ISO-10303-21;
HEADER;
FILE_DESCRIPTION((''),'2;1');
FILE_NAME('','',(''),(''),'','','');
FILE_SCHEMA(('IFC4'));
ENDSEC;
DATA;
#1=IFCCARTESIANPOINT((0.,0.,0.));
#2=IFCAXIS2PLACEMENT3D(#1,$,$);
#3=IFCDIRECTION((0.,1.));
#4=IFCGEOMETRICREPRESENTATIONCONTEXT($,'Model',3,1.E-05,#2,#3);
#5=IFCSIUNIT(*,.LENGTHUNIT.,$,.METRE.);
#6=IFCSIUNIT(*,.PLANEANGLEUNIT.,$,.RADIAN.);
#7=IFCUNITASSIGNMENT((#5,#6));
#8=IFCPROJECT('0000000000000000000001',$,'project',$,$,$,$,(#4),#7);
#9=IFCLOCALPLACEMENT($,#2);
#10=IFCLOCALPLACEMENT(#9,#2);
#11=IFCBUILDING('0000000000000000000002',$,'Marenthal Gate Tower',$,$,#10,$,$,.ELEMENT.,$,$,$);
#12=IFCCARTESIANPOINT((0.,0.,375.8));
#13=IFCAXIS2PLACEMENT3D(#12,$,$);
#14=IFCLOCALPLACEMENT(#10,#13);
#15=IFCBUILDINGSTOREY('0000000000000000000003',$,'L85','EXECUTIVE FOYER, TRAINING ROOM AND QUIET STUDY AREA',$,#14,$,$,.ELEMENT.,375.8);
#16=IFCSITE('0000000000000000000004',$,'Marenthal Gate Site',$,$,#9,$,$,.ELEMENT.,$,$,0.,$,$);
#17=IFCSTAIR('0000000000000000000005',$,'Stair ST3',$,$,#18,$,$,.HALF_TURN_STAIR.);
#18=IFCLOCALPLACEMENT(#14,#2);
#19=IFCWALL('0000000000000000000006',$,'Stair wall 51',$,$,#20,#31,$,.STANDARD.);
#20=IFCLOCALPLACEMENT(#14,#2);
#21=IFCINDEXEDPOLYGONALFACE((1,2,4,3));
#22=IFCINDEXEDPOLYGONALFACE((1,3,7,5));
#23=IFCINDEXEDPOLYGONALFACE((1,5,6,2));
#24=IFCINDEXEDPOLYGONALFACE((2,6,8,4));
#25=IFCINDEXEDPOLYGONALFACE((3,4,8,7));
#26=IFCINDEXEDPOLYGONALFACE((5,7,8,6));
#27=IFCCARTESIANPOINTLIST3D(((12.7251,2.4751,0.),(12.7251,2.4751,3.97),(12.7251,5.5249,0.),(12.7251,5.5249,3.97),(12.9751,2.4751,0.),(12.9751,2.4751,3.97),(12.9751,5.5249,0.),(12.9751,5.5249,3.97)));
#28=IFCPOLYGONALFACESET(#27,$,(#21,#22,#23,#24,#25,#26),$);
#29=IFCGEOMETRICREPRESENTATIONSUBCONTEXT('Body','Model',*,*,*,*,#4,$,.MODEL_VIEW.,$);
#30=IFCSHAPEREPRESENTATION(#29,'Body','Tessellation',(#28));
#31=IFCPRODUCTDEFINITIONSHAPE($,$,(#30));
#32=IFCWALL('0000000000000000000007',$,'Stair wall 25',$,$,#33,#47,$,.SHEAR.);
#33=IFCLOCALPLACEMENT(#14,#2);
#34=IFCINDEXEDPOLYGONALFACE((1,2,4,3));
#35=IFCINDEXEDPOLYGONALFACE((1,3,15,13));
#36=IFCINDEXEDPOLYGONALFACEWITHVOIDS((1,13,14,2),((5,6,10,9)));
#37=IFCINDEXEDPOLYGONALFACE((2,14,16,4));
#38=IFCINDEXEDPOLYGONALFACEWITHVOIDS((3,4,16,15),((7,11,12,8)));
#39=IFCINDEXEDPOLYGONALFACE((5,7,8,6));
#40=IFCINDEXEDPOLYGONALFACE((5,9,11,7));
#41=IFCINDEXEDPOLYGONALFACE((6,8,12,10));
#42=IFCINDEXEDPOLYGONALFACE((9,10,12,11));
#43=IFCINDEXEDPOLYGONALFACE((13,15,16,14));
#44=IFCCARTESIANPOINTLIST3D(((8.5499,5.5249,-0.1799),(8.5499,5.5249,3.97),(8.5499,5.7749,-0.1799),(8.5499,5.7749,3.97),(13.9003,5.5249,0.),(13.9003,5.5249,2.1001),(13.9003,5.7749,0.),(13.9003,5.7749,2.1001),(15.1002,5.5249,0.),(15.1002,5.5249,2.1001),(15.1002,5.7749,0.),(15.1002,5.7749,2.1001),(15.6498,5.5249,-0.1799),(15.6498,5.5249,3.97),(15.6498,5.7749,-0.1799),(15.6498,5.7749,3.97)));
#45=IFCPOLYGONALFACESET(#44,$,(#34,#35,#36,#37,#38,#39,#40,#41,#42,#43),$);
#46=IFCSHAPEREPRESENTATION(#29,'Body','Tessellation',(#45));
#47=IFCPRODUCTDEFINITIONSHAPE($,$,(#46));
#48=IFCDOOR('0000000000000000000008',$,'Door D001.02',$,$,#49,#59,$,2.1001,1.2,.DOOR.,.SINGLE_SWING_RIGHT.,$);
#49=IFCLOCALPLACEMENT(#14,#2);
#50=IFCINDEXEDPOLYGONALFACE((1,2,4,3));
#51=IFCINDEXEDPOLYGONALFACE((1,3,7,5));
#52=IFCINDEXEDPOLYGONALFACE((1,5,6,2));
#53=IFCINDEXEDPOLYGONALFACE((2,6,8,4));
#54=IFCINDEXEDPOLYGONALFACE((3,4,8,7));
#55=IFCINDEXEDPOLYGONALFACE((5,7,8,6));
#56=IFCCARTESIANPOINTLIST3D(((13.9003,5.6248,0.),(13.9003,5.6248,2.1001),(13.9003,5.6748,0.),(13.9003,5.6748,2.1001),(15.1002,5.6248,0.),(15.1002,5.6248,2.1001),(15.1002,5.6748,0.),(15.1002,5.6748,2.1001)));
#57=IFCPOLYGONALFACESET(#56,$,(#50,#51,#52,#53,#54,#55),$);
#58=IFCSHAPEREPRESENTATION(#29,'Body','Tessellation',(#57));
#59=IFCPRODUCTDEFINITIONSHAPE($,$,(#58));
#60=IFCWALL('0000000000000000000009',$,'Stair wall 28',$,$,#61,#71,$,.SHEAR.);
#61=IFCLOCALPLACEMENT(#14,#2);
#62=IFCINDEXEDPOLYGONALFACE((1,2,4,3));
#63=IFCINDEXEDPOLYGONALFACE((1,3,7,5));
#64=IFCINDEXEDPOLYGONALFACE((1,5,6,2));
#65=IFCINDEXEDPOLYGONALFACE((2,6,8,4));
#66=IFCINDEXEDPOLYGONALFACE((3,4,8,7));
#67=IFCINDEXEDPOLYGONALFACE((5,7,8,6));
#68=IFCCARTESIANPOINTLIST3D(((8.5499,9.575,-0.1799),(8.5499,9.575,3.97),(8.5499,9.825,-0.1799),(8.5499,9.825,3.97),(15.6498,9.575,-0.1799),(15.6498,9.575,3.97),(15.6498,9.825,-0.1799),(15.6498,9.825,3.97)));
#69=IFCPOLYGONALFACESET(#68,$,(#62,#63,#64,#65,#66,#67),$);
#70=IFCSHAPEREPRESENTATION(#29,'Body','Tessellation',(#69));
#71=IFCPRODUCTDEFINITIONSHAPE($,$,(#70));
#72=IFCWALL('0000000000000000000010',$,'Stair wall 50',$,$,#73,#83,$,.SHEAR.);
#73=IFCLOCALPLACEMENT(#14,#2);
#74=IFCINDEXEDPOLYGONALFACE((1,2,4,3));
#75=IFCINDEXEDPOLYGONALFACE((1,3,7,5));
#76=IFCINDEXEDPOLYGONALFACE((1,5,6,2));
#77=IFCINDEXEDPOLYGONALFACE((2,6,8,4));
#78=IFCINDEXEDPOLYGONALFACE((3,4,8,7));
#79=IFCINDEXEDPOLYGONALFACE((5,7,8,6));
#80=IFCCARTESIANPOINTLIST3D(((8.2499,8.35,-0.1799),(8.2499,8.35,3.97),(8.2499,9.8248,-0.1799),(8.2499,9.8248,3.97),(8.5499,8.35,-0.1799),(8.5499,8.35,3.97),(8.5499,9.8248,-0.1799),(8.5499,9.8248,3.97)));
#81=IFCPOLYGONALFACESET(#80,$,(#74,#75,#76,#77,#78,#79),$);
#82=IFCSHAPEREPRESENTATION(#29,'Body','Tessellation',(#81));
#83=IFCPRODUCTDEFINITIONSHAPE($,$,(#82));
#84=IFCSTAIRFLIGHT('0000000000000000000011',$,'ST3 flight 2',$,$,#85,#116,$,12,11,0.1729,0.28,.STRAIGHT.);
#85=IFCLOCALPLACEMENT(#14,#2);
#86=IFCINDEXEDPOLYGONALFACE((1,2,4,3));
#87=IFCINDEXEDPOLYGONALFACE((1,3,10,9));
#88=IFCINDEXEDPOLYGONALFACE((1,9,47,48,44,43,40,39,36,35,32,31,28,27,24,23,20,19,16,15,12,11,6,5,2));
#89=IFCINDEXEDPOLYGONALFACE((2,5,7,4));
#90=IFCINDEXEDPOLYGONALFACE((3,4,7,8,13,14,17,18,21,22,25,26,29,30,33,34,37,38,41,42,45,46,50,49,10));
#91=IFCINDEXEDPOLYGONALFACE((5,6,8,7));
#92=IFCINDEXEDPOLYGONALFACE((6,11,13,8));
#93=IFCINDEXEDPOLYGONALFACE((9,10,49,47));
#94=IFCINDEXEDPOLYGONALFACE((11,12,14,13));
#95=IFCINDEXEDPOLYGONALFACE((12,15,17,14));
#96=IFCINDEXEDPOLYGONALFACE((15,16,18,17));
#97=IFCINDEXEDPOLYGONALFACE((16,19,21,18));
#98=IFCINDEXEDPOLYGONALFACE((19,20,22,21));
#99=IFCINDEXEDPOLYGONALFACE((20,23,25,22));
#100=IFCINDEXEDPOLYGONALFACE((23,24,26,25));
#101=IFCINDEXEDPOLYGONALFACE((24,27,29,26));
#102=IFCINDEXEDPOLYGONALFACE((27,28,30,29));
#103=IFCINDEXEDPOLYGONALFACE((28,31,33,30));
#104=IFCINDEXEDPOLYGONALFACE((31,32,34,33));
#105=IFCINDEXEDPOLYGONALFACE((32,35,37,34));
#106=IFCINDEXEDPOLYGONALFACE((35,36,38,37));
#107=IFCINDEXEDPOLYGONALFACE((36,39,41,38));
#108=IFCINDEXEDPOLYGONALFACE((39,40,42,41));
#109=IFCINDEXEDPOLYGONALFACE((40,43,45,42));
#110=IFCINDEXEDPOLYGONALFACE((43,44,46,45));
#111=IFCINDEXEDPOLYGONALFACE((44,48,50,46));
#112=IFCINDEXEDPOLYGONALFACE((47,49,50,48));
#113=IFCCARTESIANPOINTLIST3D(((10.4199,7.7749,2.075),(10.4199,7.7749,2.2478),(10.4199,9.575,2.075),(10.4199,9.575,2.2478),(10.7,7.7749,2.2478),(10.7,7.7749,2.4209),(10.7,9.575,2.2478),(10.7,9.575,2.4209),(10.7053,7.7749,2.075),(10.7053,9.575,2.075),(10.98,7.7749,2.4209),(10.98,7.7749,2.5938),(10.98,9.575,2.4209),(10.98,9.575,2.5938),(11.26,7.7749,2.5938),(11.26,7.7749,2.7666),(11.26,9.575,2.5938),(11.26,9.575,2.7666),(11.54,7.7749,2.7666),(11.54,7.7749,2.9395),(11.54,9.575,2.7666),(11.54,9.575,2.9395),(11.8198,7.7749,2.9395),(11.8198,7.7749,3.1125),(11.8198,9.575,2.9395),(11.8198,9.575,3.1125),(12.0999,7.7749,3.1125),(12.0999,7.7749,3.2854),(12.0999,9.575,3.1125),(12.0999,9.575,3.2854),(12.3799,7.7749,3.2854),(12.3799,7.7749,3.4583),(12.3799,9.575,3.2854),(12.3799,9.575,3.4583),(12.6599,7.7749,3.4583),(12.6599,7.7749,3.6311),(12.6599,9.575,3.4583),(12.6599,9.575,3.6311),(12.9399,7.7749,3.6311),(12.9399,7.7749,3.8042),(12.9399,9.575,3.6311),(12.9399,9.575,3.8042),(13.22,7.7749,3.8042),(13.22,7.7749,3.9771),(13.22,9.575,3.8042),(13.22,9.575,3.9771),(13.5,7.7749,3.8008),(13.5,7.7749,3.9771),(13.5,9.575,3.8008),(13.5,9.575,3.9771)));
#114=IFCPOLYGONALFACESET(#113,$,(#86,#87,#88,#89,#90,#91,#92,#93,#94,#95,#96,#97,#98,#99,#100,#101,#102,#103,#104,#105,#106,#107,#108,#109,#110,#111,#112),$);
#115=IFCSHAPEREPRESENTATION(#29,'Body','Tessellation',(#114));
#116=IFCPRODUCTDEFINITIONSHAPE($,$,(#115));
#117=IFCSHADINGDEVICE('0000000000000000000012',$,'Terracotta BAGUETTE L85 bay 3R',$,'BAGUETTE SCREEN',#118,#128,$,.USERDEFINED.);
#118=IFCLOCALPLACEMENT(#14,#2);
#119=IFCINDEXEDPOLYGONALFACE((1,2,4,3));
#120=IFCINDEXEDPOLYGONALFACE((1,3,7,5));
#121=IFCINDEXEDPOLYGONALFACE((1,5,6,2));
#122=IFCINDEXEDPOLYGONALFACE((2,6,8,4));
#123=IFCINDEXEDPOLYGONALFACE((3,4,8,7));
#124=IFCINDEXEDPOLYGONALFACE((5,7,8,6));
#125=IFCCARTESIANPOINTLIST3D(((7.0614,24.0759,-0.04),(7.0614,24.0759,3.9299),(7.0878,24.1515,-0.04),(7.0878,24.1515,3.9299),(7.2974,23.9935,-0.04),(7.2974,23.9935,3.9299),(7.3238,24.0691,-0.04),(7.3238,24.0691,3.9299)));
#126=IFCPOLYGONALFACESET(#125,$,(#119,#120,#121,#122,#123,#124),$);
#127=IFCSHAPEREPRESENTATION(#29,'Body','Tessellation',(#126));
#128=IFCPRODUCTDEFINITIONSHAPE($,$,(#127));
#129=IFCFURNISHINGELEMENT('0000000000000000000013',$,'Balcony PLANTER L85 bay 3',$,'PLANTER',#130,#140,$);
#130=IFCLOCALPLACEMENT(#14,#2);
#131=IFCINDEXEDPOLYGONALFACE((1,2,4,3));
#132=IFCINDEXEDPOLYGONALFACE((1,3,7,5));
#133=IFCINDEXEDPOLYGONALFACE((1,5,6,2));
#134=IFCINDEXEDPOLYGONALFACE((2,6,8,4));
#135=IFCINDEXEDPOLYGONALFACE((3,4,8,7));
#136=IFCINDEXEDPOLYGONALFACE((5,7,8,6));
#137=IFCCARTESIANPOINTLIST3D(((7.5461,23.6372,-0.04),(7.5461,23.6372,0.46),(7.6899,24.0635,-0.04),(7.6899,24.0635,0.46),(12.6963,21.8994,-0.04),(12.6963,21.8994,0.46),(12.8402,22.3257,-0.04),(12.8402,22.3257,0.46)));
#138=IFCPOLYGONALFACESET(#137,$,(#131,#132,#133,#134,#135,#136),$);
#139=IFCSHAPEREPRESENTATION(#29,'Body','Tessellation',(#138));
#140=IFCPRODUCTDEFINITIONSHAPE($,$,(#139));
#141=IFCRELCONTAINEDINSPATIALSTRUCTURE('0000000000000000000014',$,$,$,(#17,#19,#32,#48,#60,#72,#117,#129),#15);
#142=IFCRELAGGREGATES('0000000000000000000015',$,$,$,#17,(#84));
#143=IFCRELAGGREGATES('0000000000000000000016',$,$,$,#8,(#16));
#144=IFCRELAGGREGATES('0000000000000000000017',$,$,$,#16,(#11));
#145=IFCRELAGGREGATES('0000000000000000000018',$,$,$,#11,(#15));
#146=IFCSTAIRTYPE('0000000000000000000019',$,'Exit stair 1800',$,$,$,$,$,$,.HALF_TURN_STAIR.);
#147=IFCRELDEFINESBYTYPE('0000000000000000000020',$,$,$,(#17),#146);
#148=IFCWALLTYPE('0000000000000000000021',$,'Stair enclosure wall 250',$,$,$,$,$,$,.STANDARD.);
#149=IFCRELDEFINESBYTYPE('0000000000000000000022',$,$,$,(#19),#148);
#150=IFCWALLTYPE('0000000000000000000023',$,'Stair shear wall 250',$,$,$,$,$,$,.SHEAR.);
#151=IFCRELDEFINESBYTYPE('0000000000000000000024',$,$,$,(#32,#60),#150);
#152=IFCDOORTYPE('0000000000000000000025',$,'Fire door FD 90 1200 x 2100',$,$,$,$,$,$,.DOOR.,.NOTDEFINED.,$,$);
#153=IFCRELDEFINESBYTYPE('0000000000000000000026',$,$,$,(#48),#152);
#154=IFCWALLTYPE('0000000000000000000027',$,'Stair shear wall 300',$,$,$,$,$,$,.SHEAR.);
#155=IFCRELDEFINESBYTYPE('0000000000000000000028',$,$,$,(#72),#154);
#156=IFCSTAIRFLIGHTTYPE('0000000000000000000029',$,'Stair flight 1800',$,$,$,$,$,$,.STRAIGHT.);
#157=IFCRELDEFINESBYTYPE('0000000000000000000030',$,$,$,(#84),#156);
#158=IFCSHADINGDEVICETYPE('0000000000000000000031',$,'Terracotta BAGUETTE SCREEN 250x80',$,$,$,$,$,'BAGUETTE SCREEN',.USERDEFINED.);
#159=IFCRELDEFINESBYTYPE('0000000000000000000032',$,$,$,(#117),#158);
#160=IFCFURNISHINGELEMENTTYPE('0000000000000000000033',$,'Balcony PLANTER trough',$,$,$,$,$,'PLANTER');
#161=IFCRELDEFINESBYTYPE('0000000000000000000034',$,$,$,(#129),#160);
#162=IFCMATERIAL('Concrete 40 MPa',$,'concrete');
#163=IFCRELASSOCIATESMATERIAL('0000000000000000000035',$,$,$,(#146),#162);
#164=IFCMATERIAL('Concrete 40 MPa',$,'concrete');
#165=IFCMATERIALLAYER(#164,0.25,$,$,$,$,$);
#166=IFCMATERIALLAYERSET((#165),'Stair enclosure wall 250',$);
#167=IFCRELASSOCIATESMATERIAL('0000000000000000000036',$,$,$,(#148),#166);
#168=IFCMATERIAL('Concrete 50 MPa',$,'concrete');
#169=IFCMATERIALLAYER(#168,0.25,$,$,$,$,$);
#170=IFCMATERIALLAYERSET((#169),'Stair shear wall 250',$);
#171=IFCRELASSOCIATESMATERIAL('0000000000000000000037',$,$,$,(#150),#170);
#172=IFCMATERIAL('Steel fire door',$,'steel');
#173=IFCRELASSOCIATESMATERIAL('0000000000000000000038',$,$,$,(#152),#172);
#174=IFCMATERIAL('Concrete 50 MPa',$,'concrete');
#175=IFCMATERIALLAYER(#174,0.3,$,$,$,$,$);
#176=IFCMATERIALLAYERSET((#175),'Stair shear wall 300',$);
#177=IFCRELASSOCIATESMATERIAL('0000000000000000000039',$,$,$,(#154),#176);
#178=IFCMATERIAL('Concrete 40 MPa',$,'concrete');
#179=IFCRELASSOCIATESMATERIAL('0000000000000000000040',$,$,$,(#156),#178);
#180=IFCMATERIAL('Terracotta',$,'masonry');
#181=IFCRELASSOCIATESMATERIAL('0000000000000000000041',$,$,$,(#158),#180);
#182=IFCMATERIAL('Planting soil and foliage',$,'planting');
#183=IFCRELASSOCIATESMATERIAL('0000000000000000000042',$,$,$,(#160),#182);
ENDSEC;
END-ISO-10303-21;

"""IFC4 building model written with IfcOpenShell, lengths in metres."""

from ifc_helpers import new_model, si_unit, direction, frame, frame_2d, origin, origin_2d, place, context, subcontext, project, spatial, polyline, rectangle, outline, extrude, material, layer, layer_set, material_profile, profile_set, type_object, element, fill, aggregate, save


model = new_model("IFC4")

# Units and contexts
model_context = context("Model", 3, precision=1e-05, world=origin(), true_north=direction((0.0, 1.0)))
body_context = subcontext(model_context, "Body", "Model", "MODEL_VIEW")
ifc_project = project(units=[si_unit("LENGTHUNIT", "METRE"), si_unit("PLANEANGLEUNIT", "RADIAN")], contexts=[model_context])

# Site, building, storey
site_placement = place(None, origin())
site = spatial("IfcSite", under=ifc_project, at=site_placement, Name="Marenthal Gate Site", CompositionType="ELEMENT", RefElevation=0.0)
building_placement = place(site_placement, origin())
building = spatial("IfcBuilding", under=site, at=building_placement, Name="Marenthal Gate Tower", CompositionType="ELEMENT")
storey_placement = place(building_placement, frame((0.0, 0.0, 375.8)))
storey = spatial("IfcBuildingStorey", under=building, at=storey_placement, Name="L85", Description="EXECUTIVE FOYER, TRAINING ROOM AND QUIET STUDY AREA", CompositionType="ELEMENT", Elevation=375.8)

# Stair
ifc_material_1 = material(Name="Concrete 40 MPa", Category="concrete")
stair_type = type_object("IfcStairType", Name="Exit stair 1800", PredefinedType="HALF_TURN_STAIR", material=ifc_material_1)
stair_1_placement = place(storey_placement, origin())
stair_1 = element("IfcStair", 1, at=stair_1_placement, inside=storey, type_object=stair_type, Name="Stair ST3", PredefinedType="HALF_TURN_STAIR")

# Wall
ifc_material_2 = material(Name="Concrete 40 MPa", Category="concrete")
ifc_layer_1 = layer(ifc_material_2, 0.25)
ifc_layer_set_1 = layer_set([ifc_layer_1], Name="Stair enclosure wall 250")
wall_type_1 = type_object("IfcWallType", Name="Stair enclosure wall 250", PredefinedType="STANDARD", material=ifc_layer_set_1)
wall_1_placement = place(storey_placement, frame((12.8501, 2.4751, 0.0), z_axis=(0.0, 0.0, 1.0), x_axis=(0.0, 1.0, 0.0)))
element("IfcWall", 2, at=wall_1_placement, inside=storey, type_object=wall_type_1, Name="Stair wall 51", PredefinedType="STANDARD", context=body_context, shape_type="SweptSolid", body=[
    extrude(rectangle(XDim=3.0498, YDim=0.25, at=frame_2d((1.5249, 0.0))), origin(), (0.0, 0.0, 1.0), 3.97),
])

# Wall, opening, door
ifc_material_3 = material(Name="Concrete 50 MPa", Category="concrete")
ifc_layer_2 = layer(ifc_material_3, 0.25)
ifc_layer_set_2 = layer_set([ifc_layer_2], Name="Stair shear wall 250")
wall_type_2 = type_object("IfcWallType", Name="Stair shear wall 250", PredefinedType="SHEAR", material=ifc_layer_set_2)
wall_2_placement = place(storey_placement, frame((8.55, 5.6499, -0.1799), z_axis=(0.0, 0.0, 1.0), x_axis=(1.0, 0.0, 0.0)))
wall_2 = element("IfcWall", 3, at=wall_2_placement, inside=storey, type_object=wall_type_2, Name="Stair wall 25", PredefinedType="SHEAR", context=body_context, shape_type="SweptSolid", body=[
    extrude(rectangle(XDim=7.0999, YDim=0.25, at=frame_2d((3.5498, 0.0))), origin(), (0.0, 0.0, 1.0), 4.1499),
])
opening_placement = place(wall_2_placement, frame((5.3501, 0.0, 0.1799)))
opening = element("IfcOpeningElement", 4, at=opening_placement, cuts=wall_2, PredefinedType="OPENING", context=body_context, shape_type="SweptSolid", body=[
    extrude(rectangle(XDim=1.2, YDim=2.1001, at=frame_2d((0.6001, 1.05))), frame((0.0, 0.135, 0.0), z_axis=(0.0, -1.0, 0.0), x_axis=(1.0, 0.0, 0.0)), (0.0, 0.0, 1.0), 0.27),
])
ifc_material_4 = material(Name="Steel fire door", Category="steel")
door_type = type_object("IfcDoorType", Name="Fire door FD 90 1200 x 2100", OperationType="NOTDEFINED", PredefinedType="DOOR", material=ifc_material_4)
door_placement = place(opening_placement, origin())
door = element("IfcDoor", 5, at=door_placement, inside=storey, type_object=door_type, Name="Door D001.02", OperationType="SINGLE_SWING_RIGHT", OverallHeight=2.1001, OverallWidth=1.2, PredefinedType="DOOR", context=body_context, shape_type="SweptSolid", body=[
    extrude(rectangle(XDim=1.2, YDim=2.1001, at=frame_2d((0.6001, 1.05))), frame((0.0, 0.0249, 0.0), z_axis=(0.0, -1.0, 0.0), x_axis=(1.0, 0.0, 0.0)), (0.0, 0.0, 1.0), 0.05),
])
fill(opening, door)

# Walls
wall_3_placement = place(storey_placement, frame((8.55, 9.7, -0.1799), z_axis=(0.0, 0.0, 1.0), x_axis=(1.0, 0.0, 0.0)))
element("IfcWall", 6, at=wall_3_placement, inside=storey, type_object=wall_type_2, Name="Stair wall 28", PredefinedType="SHEAR", context=body_context, shape_type="SweptSolid", body=[
    extrude(rectangle(XDim=7.0999, YDim=0.25, at=frame_2d((3.5498, 0.0))), origin(), (0.0, 0.0, 1.0), 4.1499),
])
ifc_material_5 = material(Name="Concrete 50 MPa", Category="concrete")
ifc_layer_3 = layer(ifc_material_5, 0.3)
ifc_layer_set_3 = layer_set([ifc_layer_3], Name="Stair shear wall 300")
wall_type_3 = type_object("IfcWallType", Name="Stair shear wall 300", PredefinedType="SHEAR", material=ifc_layer_set_3)
wall_4_placement = place(storey_placement, frame((8.3999, 8.3501, -0.1799), z_axis=(0.0, 0.0, 1.0), x_axis=(0.0, 1.0, 0.0)))
element("IfcWall", 7, at=wall_4_placement, inside=storey, type_object=wall_type_3, Name="Stair wall 50", PredefinedType="SHEAR", context=body_context, shape_type="SweptSolid", body=[
    extrude(rectangle(XDim=1.4749, YDim=0.3, at=frame_2d((0.7373, 0.0))), origin(), (0.0, 0.0, 1.0), 4.1499),
])

# Stair flight
ifc_material_6 = material(Name="Concrete 40 MPa", Category="concrete")
stair_flight_type = type_object("IfcStairFlightType", Name="Stair flight 1800", PredefinedType="STRAIGHT", material=ifc_material_6)
stair_flight_placement = place(storey_placement, frame((10.4199, 8.675, 2.075), z_axis=(0.0, 0.0, 1.0), x_axis=(1.0, 0.0, 0.0)))
stair_flight = element("IfcStairFlight", 8, at=stair_flight_placement, type_object=stair_flight_type, Name="ST3 flight 2", NumberOfRisers=12, NumberOfTreads=11, PredefinedType="STRAIGHT", RiserHeight=0.1729, TreadLength=0.28, context=body_context, shape_type="SweptSolid", body=[
    extrude(outline(polyline([(0.0, 0.0), (0.0, 0.1729), (0.28, 0.1729), (0.28, 0.3459), (0.5601, 0.3459), (0.5601, 0.5188), (0.8401, 0.5188), (0.8401, 0.6917), (1.1201, 0.6917), (1.1201, 0.8645), (1.3999, 0.8645), (1.3999, 1.0376), (1.6799, 1.0376), (1.6799, 1.2104), (1.96, 1.2104), (1.96, 1.3833), (2.24, 1.3833), (2.24, 1.5562), (2.52, 1.5562), (2.52, 1.7292), (2.8, 1.7292), (2.8, 1.9021), (3.0801, 1.9021), (3.0801, 2.075), (3.0801, 1.7258), (0.2854, 0.0), (0.0, 0.0)])), frame((0.0, 0.8999, 0.0), z_axis=(0.0, -1.0, 0.0), x_axis=(1.0, 0.0, 0.0)), (0.0, 0.0, 1.0), 1.8),
])
aggregate(stair_1, [stair_flight])

# Shading device
ifc_material_7 = material(Name="Terracotta", Category="masonry")
ifc_material_profile_1 = material_profile(ifc_material_7, rectangle(XDim=0.25, YDim=0.0801, at=origin_2d()), Name="Terracotta baguette 250x80")
ifc_profile_set_1 = profile_set([ifc_material_profile_1], Name="Terracotta")
shading_device_type = type_object("IfcShadingDeviceType", Name="Terracotta BAGUETTE SCREEN 250x80", ElementType="BAGUETTE SCREEN", PredefinedType="USERDEFINED", material=ifc_profile_set_1)
shading_device_placement = place(storey_placement, frame((7.1926, 24.0725, -0.04), z_axis=(0.0, 0.0, 1.0), x_axis=(-0.944082, 0.32971, 0.0)))
element("IfcShadingDevice", 9, at=shading_device_placement, inside=storey, type_object=shading_device_type, Name="Terracotta BAGUETTE L85 bay 3R", ObjectType="BAGUETTE SCREEN", PredefinedType="USERDEFINED", context=body_context, shape_type="SweptSolid", body=[
    extrude(rectangle(XDim=0.25, YDim=0.0801, at=origin_2d()), origin(), (0.0, 0.0, 1.0), 3.97),
])

# Furnishing element
ifc_material_8 = material(Name="Planting soil and foliage", Category="planting")
furnishing_element_type = type_object("IfcFurnishingElementType", Name="Balcony PLANTER trough", ElementType="PLANTER", material=ifc_material_8)
furnishing_placement = place(storey_placement, frame((10.1931, 22.9814, -0.04), z_axis=(0.0, 0.0, 1.0), x_axis=(-0.947516, 0.319708, 0.0)))
element("IfcFurnishingElement", 10, at=furnishing_placement, inside=storey, type_object=furnishing_element_type, Name="Balcony PLANTER L85 bay 3", ObjectType="PLANTER", context=body_context, shape_type="SweptSolid", body=[
    extrude(rectangle(XDim=5.4355, YDim=0.45, at=origin_2d()), origin(), (0.0, 0.0, 1.0), 0.5),
])

save(model, "model.ifc")
